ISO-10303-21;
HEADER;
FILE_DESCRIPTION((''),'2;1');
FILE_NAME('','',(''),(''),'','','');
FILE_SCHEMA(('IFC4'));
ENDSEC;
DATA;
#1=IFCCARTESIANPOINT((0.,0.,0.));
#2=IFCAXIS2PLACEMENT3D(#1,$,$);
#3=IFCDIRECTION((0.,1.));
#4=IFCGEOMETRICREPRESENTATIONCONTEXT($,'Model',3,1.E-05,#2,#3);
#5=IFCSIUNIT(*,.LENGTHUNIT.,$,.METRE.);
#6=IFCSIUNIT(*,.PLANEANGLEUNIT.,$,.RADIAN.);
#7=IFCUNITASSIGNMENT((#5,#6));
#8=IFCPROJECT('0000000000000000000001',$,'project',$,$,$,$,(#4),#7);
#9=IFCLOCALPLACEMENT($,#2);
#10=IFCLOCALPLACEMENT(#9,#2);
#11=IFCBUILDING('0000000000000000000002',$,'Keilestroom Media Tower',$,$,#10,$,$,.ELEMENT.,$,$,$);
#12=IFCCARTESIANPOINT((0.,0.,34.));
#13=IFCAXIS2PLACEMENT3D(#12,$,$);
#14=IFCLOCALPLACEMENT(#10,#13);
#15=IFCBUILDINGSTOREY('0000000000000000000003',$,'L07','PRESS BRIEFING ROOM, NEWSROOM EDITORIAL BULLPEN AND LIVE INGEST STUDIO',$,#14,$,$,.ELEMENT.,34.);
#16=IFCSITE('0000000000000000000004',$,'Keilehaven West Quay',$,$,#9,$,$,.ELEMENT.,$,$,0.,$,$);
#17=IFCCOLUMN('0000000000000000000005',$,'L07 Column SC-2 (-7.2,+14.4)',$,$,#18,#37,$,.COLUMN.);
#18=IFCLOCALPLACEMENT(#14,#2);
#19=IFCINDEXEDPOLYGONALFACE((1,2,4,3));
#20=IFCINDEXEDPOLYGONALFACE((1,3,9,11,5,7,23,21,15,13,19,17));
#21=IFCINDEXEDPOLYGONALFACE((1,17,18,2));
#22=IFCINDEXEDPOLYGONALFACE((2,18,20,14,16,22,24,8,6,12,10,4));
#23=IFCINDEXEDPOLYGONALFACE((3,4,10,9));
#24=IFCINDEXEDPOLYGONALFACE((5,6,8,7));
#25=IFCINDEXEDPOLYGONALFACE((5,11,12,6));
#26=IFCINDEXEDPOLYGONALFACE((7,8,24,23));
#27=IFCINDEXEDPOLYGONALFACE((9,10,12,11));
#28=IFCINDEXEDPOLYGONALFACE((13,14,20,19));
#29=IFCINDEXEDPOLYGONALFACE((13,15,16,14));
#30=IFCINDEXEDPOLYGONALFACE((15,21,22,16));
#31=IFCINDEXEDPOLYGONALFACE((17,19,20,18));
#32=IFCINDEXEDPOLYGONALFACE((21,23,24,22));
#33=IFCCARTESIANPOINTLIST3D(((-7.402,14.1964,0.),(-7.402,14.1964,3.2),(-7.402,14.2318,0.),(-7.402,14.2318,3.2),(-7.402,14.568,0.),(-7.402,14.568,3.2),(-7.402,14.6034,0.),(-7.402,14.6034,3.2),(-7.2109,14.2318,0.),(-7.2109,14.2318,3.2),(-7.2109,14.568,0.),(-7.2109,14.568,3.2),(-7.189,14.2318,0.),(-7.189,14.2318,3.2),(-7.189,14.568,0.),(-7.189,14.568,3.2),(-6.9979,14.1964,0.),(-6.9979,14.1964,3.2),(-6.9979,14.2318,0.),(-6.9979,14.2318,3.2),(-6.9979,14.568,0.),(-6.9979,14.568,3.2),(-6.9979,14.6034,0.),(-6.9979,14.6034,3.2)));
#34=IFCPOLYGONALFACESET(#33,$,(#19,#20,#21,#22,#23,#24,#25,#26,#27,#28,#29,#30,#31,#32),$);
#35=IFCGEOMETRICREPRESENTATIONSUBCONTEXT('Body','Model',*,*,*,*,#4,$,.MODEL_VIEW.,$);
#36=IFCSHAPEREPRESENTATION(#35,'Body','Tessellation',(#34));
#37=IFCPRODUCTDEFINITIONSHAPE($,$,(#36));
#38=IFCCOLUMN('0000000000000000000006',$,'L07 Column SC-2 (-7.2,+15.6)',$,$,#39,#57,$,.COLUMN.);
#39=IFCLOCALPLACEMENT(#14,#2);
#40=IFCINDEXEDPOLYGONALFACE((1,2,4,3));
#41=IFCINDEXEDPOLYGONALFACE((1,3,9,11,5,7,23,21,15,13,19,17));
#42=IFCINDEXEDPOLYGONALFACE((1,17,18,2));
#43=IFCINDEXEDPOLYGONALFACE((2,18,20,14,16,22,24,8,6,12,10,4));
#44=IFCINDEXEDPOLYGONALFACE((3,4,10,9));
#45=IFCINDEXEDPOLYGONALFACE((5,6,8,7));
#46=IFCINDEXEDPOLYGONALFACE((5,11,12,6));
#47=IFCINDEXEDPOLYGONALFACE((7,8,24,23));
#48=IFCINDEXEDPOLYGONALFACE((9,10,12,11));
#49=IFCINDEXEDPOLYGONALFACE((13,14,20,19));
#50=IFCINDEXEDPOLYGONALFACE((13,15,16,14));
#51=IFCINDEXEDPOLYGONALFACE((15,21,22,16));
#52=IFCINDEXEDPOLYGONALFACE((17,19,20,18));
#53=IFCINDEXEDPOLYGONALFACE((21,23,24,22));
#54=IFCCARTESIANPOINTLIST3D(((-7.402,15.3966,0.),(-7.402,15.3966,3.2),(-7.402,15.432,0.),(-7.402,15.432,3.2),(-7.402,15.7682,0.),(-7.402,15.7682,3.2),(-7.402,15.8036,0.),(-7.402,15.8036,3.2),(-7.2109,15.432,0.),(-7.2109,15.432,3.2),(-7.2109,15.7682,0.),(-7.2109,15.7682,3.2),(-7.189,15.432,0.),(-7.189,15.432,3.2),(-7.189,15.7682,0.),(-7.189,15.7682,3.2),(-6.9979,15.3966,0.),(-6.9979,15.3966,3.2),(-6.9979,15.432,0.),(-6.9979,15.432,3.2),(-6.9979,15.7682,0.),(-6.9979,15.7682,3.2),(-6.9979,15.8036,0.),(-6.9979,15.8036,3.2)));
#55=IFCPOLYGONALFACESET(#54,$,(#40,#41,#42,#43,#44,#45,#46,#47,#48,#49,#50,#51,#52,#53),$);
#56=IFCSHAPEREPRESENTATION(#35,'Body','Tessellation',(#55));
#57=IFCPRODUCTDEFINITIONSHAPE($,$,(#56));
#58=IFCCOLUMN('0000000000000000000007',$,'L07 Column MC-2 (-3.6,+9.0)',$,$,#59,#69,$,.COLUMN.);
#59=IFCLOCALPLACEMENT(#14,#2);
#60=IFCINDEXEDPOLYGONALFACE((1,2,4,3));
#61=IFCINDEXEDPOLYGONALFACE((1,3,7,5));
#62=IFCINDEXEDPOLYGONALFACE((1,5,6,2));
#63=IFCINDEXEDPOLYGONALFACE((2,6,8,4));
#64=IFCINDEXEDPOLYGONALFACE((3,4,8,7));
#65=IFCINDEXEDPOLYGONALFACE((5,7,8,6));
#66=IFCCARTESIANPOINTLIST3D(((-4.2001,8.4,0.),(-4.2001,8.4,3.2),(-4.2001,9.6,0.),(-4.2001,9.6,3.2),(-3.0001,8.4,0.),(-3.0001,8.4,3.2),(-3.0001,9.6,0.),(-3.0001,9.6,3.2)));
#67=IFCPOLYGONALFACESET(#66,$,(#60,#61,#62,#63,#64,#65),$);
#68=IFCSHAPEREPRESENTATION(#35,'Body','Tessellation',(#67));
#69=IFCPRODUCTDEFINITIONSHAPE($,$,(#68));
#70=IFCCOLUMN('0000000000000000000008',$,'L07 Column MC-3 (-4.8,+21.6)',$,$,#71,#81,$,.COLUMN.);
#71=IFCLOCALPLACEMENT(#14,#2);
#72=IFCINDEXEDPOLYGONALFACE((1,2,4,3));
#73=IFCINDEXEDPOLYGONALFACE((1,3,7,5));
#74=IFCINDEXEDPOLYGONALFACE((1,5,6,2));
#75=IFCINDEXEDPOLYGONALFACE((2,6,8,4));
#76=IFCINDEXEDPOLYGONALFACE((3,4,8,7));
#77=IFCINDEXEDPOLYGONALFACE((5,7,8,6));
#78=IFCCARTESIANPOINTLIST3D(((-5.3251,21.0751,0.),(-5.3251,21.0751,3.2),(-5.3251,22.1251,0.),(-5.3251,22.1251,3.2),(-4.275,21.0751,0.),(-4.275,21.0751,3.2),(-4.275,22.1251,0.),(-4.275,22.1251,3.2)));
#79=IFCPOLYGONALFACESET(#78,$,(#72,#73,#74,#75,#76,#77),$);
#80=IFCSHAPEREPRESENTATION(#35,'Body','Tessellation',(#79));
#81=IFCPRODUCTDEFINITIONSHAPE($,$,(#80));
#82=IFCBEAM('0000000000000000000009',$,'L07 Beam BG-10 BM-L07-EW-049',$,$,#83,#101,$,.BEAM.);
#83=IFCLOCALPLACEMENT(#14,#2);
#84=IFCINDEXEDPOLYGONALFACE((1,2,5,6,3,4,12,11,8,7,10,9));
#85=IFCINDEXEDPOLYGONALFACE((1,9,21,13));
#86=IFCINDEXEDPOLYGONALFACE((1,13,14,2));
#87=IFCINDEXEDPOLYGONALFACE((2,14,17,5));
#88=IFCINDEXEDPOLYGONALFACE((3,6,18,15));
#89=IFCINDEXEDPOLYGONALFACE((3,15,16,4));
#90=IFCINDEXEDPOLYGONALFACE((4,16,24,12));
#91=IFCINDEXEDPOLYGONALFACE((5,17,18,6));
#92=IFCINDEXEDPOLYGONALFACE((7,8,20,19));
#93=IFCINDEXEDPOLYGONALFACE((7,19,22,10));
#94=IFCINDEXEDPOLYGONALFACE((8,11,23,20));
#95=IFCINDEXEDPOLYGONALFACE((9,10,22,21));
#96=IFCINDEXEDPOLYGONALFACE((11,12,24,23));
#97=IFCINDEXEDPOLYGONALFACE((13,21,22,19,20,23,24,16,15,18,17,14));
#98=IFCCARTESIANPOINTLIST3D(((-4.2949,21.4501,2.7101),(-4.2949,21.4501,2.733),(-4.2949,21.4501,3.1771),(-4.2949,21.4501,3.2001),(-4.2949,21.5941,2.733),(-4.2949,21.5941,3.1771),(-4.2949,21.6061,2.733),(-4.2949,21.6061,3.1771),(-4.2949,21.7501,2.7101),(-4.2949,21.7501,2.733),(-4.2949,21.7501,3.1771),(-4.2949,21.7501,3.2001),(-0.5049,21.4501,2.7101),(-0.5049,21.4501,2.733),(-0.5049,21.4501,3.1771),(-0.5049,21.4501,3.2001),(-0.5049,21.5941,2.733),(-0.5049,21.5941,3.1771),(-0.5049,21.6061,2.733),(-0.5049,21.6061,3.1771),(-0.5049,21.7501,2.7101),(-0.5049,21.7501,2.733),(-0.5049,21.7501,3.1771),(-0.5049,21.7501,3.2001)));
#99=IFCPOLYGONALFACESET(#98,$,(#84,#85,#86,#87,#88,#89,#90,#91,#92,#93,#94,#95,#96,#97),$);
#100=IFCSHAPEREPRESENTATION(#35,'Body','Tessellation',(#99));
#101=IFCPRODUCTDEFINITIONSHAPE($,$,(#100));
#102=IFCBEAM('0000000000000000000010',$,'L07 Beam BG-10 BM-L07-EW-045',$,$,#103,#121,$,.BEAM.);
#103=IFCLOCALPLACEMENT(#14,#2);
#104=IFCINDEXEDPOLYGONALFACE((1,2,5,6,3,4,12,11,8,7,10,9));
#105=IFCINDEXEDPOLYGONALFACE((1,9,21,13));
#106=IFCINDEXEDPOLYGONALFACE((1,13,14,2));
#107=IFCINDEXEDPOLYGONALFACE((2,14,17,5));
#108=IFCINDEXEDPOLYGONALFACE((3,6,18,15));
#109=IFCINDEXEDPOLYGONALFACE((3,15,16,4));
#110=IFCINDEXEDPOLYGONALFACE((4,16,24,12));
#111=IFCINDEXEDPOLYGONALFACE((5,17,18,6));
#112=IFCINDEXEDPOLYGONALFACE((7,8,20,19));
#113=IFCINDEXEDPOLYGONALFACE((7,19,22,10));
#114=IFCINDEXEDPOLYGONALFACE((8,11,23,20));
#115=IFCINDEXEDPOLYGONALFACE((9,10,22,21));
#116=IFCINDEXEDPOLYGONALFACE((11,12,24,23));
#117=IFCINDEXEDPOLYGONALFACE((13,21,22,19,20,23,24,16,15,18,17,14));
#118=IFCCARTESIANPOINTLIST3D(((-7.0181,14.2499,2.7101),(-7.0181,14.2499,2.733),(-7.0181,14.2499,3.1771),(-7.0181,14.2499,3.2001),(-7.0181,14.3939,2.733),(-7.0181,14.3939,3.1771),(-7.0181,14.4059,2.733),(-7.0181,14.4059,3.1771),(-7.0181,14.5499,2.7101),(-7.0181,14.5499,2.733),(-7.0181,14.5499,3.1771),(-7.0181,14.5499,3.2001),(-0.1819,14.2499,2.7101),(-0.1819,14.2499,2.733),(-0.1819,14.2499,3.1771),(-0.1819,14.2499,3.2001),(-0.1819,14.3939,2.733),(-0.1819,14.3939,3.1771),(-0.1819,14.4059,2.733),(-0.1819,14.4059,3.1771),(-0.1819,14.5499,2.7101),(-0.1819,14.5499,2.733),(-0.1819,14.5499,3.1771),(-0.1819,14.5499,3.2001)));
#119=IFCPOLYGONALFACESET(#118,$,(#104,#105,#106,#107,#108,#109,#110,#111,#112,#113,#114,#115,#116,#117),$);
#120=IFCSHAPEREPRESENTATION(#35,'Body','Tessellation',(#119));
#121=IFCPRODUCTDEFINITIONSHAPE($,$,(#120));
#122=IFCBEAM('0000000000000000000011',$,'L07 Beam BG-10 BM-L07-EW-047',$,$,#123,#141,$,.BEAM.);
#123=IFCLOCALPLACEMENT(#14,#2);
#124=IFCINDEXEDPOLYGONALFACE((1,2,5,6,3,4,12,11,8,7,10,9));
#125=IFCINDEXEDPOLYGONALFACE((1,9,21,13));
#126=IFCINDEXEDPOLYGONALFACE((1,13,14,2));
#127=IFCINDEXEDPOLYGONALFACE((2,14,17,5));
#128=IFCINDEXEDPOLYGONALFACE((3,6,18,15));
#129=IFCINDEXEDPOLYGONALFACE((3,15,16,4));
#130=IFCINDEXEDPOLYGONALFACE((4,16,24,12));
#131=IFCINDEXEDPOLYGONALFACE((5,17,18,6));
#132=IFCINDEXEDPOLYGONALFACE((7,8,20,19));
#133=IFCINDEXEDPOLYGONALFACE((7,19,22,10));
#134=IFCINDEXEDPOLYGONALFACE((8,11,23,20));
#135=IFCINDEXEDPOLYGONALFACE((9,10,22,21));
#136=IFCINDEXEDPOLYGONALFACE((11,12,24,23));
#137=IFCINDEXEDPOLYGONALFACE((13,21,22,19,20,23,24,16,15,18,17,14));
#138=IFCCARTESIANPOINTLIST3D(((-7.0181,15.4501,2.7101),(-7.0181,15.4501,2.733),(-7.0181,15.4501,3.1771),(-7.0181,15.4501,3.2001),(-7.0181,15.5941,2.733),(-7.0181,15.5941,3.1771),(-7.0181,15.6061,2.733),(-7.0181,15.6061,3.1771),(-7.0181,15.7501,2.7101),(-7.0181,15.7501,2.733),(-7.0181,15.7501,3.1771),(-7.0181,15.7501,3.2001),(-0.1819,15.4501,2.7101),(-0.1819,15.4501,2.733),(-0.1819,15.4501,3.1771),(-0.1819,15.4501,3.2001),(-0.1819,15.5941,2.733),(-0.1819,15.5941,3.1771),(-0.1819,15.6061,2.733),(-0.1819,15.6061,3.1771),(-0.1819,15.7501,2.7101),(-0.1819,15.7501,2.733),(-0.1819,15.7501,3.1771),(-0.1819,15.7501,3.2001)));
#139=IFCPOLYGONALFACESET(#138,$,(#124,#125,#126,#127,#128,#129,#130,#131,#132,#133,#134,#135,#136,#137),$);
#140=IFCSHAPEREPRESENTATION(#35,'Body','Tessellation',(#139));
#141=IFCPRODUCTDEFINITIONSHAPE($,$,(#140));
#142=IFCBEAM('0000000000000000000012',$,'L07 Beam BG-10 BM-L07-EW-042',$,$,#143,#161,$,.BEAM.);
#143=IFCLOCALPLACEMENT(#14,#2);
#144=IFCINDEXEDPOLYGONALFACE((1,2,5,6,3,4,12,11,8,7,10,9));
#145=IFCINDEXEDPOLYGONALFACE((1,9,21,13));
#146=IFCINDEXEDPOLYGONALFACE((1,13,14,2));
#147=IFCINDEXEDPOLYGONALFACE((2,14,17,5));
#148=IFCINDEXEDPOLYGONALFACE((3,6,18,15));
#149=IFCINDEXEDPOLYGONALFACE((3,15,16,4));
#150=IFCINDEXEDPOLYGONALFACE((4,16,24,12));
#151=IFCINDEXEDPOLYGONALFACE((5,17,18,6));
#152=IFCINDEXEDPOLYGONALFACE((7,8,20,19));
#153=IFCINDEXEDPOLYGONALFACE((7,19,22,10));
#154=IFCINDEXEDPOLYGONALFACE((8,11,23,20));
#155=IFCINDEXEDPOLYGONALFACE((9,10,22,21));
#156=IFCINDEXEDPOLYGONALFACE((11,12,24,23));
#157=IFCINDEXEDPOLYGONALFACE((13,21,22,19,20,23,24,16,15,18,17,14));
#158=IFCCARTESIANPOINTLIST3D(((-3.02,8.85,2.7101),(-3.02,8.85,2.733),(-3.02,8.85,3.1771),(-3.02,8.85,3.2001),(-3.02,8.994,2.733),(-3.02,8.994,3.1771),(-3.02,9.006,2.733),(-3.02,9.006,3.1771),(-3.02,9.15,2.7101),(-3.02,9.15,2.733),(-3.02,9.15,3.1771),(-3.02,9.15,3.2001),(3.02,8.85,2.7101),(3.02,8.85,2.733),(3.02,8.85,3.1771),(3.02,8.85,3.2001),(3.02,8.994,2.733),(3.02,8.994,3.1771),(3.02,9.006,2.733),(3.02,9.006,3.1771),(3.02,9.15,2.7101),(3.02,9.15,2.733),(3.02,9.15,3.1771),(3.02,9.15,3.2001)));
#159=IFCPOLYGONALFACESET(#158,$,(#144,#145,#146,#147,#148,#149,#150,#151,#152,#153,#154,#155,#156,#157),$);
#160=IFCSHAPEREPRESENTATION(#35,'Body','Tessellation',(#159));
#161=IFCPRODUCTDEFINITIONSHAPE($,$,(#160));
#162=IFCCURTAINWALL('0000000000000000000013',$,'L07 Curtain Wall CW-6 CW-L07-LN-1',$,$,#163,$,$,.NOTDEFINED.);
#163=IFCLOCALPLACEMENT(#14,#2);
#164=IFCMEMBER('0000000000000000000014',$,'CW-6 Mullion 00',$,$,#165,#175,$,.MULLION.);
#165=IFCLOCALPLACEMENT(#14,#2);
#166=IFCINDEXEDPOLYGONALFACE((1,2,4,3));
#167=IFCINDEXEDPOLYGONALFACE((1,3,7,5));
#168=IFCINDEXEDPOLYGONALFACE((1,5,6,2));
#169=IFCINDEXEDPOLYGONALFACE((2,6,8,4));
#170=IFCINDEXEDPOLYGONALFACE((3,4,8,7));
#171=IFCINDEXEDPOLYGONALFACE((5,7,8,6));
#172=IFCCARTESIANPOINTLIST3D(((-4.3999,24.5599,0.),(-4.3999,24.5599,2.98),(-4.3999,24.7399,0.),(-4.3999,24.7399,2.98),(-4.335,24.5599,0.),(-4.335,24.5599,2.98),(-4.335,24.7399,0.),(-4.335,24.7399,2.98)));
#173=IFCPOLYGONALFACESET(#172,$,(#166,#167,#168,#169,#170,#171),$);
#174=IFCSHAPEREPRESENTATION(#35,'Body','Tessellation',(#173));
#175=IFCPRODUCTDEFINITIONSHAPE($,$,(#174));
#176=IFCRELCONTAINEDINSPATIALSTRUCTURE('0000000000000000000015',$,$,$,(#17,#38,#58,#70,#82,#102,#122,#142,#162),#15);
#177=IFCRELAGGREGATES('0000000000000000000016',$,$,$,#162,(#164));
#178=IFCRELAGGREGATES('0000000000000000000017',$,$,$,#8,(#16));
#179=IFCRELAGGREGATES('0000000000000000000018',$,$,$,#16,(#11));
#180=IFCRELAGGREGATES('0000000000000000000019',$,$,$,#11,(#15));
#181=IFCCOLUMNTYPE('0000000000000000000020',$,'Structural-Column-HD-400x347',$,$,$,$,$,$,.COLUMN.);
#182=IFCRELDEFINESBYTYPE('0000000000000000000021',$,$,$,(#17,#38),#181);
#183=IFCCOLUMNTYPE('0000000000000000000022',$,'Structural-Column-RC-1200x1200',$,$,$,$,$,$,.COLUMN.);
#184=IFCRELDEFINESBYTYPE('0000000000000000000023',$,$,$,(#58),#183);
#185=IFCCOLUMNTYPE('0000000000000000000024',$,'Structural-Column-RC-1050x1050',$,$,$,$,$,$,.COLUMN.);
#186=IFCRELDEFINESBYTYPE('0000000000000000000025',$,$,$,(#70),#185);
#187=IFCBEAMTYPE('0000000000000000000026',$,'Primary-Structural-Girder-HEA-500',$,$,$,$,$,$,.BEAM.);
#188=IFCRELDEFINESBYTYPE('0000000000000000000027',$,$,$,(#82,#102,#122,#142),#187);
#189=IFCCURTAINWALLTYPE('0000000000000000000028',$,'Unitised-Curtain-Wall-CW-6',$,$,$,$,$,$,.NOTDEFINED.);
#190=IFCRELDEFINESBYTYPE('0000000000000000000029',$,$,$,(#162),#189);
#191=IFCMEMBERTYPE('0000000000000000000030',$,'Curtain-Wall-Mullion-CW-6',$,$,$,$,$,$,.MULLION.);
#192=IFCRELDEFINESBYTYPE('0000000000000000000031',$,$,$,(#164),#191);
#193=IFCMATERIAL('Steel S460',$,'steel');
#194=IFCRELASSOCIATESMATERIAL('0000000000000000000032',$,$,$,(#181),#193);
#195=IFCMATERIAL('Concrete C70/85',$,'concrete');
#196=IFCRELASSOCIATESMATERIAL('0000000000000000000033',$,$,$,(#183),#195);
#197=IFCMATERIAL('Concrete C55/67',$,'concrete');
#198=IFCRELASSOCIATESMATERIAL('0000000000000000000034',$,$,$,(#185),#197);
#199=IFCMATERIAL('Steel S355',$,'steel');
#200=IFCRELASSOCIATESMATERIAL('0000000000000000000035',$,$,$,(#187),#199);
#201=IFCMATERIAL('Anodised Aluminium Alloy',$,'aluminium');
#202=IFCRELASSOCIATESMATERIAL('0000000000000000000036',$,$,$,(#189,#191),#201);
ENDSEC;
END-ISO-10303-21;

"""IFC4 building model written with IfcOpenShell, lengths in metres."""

from ifc_helpers import new_model, si_unit, direction, frame, origin, origin_2d, place, context, subcontext, project, spatial, rectangle, i_section, extrude, source, transform, mapped, material, material_profile, profile_set, type_object, element, aggregate, save


model = new_model("IFC4")

# Units and contexts
model_context = context("Model", 3, precision=1e-05, world=origin(), true_north=direction((0.0, 1.0)))
body_context = subcontext(model_context, "Body", "Model", "MODEL_VIEW")
ifc_project = project(units=[si_unit("LENGTHUNIT", "METRE"), si_unit("PLANEANGLEUNIT", "RADIAN")], contexts=[model_context])

# Site, building, storey
site_placement = place(None, origin())
site = spatial("IfcSite", under=ifc_project, at=site_placement, Name="Keilehaven West Quay", CompositionType="ELEMENT", RefElevation=0.0)
building_placement = place(site_placement, origin())
building = spatial("IfcBuilding", under=site, at=building_placement, Name="Keilestroom Media Tower", CompositionType="ELEMENT")
storey_placement = place(building_placement, frame((0.0, 0.0, 34.0)))
storey = spatial("IfcBuildingStorey", under=building, at=storey_placement, Name="L07", Description="PRESS BRIEFING ROOM, NEWSROOM EDITORIAL BULLPEN AND LIVE INGEST STUDIO", CompositionType="ELEMENT", Elevation=34.0)

# Columns
ifc_material_1 = material(Name="Steel S460", Category="steel")
ifc_material_profile_1 = material_profile(ifc_material_1, i_section(OverallWidth=0.4041, OverallDepth=0.407, WebThickness=0.022, FlangeThickness=0.0354, at=origin_2d()), Name="HD 400x347")
ifc_profile_set_1 = profile_set([ifc_material_profile_1], Name="Steel S460")
column_type_1 = type_object("IfcColumnType", Name="Structural-Column-HD-400x347", PredefinedType="COLUMN", material=ifc_profile_set_1)
shared_shape_1 = source(origin(), body_context, "Body", "SweptSolid", [
    extrude(i_section(OverallWidth=0.4041, OverallDepth=0.407, WebThickness=0.022, FlangeThickness=0.0354, at=origin_2d()), origin(), (0.0, 0.0, 1.0), 3.2),
])
for number, where, z_axis, x_axis, name in (
    (1, (-7.2, 14.3999, 0.0), (0.0, 0.0, 1.0), (1.0, 0.0, 0.0), "L07 Column SC-2 (-7.2,+14.4)"),
    (2, (-7.2, 15.6001, 0.0), (0.0, 0.0, 1.0), (1.0, 0.0, 0.0), "L07 Column SC-2 (-7.2,+15.6)"),
):
    element("IfcColumn", number, at=place(storey_placement, frame(where, z_axis=z_axis, x_axis=x_axis)), inside=storey, type_object=column_type_1, Name=name, PredefinedType="COLUMN", context=body_context, shape_type="MappedRepresentation", body=[
        mapped(shared_shape_1, transform((0.0, 0.0, 0.0), x_axis=(1.0, 0.0, 0.0), y_axis=(0.0, 1.0, 0.0), z_axis=(0.0, 0.0, 1.0), scale=1.0)),
    ])
ifc_material_2 = material(Name="Concrete C70/85", Category="concrete")
ifc_material_profile_2 = material_profile(ifc_material_2, rectangle(XDim=1.2, YDim=1.2, at=origin_2d()), Name="RC 1200x1200")
ifc_profile_set_2 = profile_set([ifc_material_profile_2], Name="Concrete C70/85")
column_type_2 = type_object("IfcColumnType", Name="Structural-Column-RC-1200x1200", PredefinedType="COLUMN", material=ifc_profile_set_2)
shared_shape_2 = source(origin(), body_context, "Body", "SweptSolid", [
    extrude(rectangle(XDim=1.2, YDim=1.2, at=origin_2d()), origin(), (0.0, 0.0, 1.0), 3.2),
])
column_1_placement = place(storey_placement, frame((-3.6001, 9.0, 0.0), z_axis=(0.0, 0.0, 1.0), x_axis=(1.0, 0.0, 0.0)))
element("IfcColumn", 3, at=column_1_placement, inside=storey, type_object=column_type_2, Name="L07 Column MC-2 (-3.6,+9.0)", PredefinedType="COLUMN", context=body_context, shape_type="MappedRepresentation", body=[
    mapped(shared_shape_2, transform((0.0, 0.0, 0.0), x_axis=(1.0, 0.0, 0.0), y_axis=(0.0, 1.0, 0.0), z_axis=(0.0, 0.0, 1.0), scale=1.0)),
])
ifc_material_3 = material(Name="Concrete C55/67", Category="concrete")
ifc_material_profile_3 = material_profile(ifc_material_3, rectangle(XDim=1.05, YDim=1.05, at=origin_2d()), Name="RC 1050x1050")
ifc_profile_set_3 = profile_set([ifc_material_profile_3], Name="Concrete C55/67")
column_type_3 = type_object("IfcColumnType", Name="Structural-Column-RC-1050x1050", PredefinedType="COLUMN", material=ifc_profile_set_3)
shared_shape_3 = source(origin(), body_context, "Body", "SweptSolid", [
    extrude(rectangle(XDim=1.05, YDim=1.05, at=origin_2d()), origin(), (0.0, 0.0, 1.0), 3.2),
])
column_2_placement = place(storey_placement, frame((-4.8, 21.6001, 0.0), z_axis=(0.0, 0.0, 1.0), x_axis=(1.0, 0.0, 0.0)))
element("IfcColumn", 4, at=column_2_placement, inside=storey, type_object=column_type_3, Name="L07 Column MC-3 (-4.8,+21.6)", PredefinedType="COLUMN", context=body_context, shape_type="MappedRepresentation", body=[
    mapped(shared_shape_3, transform((0.0, 0.0, 0.0), x_axis=(1.0, 0.0, 0.0), y_axis=(0.0, 1.0, 0.0), z_axis=(0.0, 0.0, 1.0), scale=1.0)),
])

# Beams
ifc_material_4 = material(Name="Steel S355", Category="steel")
ifc_material_profile_4 = material_profile(ifc_material_4, i_section(OverallWidth=0.3, OverallDepth=0.49, WebThickness=0.012, FlangeThickness=0.0229, at=origin_2d()), Name="HEA 500")
ifc_profile_set_4 = profile_set([ifc_material_profile_4], Name="Steel S355")
beam_type = type_object("IfcBeamType", Name="Primary-Structural-Girder-HEA-500", PredefinedType="BEAM", material=ifc_profile_set_4)
shared_shape_4 = source(origin(), body_context, "Body", "SweptSolid", [
    extrude(i_section(OverallWidth=0.3, OverallDepth=0.49, WebThickness=0.012, FlangeThickness=0.0229, at=origin_2d()), origin(), (0.0, 0.0, 1.0), 3.79),
])
beam_1_placement = place(storey_placement, frame((-4.2949, 21.6001, 2.9551), z_axis=(1.0, 0.0, 0.0), x_axis=(0.0, 1.0, 0.0)))
element("IfcBeam", 5, at=beam_1_placement, inside=storey, type_object=beam_type, Name="L07 Beam BG-10 BM-L07-EW-049", PredefinedType="BEAM", context=body_context, shape_type="MappedRepresentation", body=[
    mapped(shared_shape_4, transform((0.0, 0.0, 0.0), x_axis=(1.0, 0.0, 0.0), y_axis=(0.0, 1.0, 0.0), z_axis=(0.0, 0.0, 1.0), scale=1.0)),
])
shared_shape_5 = source(origin(), body_context, "Body", "SweptSolid", [
    extrude(i_section(OverallWidth=0.3, OverallDepth=0.49, WebThickness=0.012, FlangeThickness=0.0229, at=origin_2d()), origin(), (0.0, 0.0, 1.0), 6.8362),
])
for number, where, z_axis, x_axis, name in (
    (6, (-7.0181, 14.3999, 2.9551), (1.0, 0.0, 0.0), (0.0, 1.0, 0.0), "L07 Beam BG-10 BM-L07-EW-045"),
    (7, (-7.0181, 15.6001, 2.9551), (1.0, 0.0, 0.0), (0.0, 1.0, 0.0), "L07 Beam BG-10 BM-L07-EW-047"),
):
    element("IfcBeam", number, at=place(storey_placement, frame(where, z_axis=z_axis, x_axis=x_axis)), inside=storey, type_object=beam_type, Name=name, PredefinedType="BEAM", context=body_context, shape_type="MappedRepresentation", body=[
        mapped(shared_shape_5, transform((0.0, 0.0, 0.0), x_axis=(1.0, 0.0, 0.0), y_axis=(0.0, 1.0, 0.0), z_axis=(0.0, 0.0, 1.0), scale=1.0)),
    ])
shared_shape_6 = source(origin(), body_context, "Body", "SweptSolid", [
    extrude(i_section(OverallWidth=0.3, OverallDepth=0.49, WebThickness=0.012, FlangeThickness=0.0229, at=origin_2d()), origin(), (0.0, 0.0, 1.0), 6.04),
])
beam_2_placement = place(storey_placement, frame((-3.02, 9.0, 2.9551), z_axis=(1.0, 0.0, 0.0), x_axis=(0.0, 1.0, 0.0)))
element("IfcBeam", 8, at=beam_2_placement, inside=storey, type_object=beam_type, Name="L07 Beam BG-10 BM-L07-EW-042", PredefinedType="BEAM", context=body_context, shape_type="MappedRepresentation", body=[
    mapped(shared_shape_6, transform((0.0, 0.0, 0.0), x_axis=(1.0, 0.0, 0.0), y_axis=(0.0, 1.0, 0.0), z_axis=(0.0, 0.0, 1.0), scale=1.0)),
])

# Curtain wall, member
ifc_material_5 = material(Name="Anodised Aluminium Alloy", Category="aluminium")
curtain_wall_type = type_object("IfcCurtainWallType", Name="Unitised-Curtain-Wall-CW-6", PredefinedType="NOTDEFINED", material=ifc_material_5)
curtain_wall_placement = place(storey_placement, origin())
curtain_wall = element("IfcCurtainWall", 9, at=curtain_wall_placement, inside=storey, type_object=curtain_wall_type, Name="L07 Curtain Wall CW-6 CW-L07-LN-1", PredefinedType="NOTDEFINED")
ifc_material_profile_5 = material_profile(ifc_material_5, rectangle(XDim=0.0649, YDim=0.1799, at=origin_2d()), Name="ALU MULLION 65x180")
ifc_profile_set_5 = profile_set([ifc_material_profile_5], Name="Anodised Aluminium Alloy")
member_type_1 = type_object("IfcMemberType", Name="Curtain-Wall-Mullion-CW-6", PredefinedType="MULLION", material=ifc_profile_set_5)
shared_shape_7 = source(origin(), body_context, "Body", "SweptSolid", [
    extrude(rectangle(XDim=0.0649, YDim=0.1799, at=origin_2d()), origin(), (0.0, 0.0, 1.0), 2.98),
])
member_1_placement = place(storey_placement, frame((-4.3674, 24.6499, 0.0), z_axis=(0.0, 0.0, 1.0), x_axis=(1.0, 0.0, 0.0)))
member_1 = element("IfcMember", 10, at=member_1_placement, type_object=member_type_1, Name="CW-6 Mullion 00", PredefinedType="MULLION", context=body_context, shape_type="MappedRepresentation", body=[
    mapped(shared_shape_7, transform((0.0, 0.0, 0.0), x_axis=(1.0, 0.0, 0.0), y_axis=(0.0, 1.0, 0.0), z_axis=(0.0, 0.0, 1.0), scale=1.0)),
])
aggregate(curtain_wall, [member_1])

save(model, "model.ifc")
